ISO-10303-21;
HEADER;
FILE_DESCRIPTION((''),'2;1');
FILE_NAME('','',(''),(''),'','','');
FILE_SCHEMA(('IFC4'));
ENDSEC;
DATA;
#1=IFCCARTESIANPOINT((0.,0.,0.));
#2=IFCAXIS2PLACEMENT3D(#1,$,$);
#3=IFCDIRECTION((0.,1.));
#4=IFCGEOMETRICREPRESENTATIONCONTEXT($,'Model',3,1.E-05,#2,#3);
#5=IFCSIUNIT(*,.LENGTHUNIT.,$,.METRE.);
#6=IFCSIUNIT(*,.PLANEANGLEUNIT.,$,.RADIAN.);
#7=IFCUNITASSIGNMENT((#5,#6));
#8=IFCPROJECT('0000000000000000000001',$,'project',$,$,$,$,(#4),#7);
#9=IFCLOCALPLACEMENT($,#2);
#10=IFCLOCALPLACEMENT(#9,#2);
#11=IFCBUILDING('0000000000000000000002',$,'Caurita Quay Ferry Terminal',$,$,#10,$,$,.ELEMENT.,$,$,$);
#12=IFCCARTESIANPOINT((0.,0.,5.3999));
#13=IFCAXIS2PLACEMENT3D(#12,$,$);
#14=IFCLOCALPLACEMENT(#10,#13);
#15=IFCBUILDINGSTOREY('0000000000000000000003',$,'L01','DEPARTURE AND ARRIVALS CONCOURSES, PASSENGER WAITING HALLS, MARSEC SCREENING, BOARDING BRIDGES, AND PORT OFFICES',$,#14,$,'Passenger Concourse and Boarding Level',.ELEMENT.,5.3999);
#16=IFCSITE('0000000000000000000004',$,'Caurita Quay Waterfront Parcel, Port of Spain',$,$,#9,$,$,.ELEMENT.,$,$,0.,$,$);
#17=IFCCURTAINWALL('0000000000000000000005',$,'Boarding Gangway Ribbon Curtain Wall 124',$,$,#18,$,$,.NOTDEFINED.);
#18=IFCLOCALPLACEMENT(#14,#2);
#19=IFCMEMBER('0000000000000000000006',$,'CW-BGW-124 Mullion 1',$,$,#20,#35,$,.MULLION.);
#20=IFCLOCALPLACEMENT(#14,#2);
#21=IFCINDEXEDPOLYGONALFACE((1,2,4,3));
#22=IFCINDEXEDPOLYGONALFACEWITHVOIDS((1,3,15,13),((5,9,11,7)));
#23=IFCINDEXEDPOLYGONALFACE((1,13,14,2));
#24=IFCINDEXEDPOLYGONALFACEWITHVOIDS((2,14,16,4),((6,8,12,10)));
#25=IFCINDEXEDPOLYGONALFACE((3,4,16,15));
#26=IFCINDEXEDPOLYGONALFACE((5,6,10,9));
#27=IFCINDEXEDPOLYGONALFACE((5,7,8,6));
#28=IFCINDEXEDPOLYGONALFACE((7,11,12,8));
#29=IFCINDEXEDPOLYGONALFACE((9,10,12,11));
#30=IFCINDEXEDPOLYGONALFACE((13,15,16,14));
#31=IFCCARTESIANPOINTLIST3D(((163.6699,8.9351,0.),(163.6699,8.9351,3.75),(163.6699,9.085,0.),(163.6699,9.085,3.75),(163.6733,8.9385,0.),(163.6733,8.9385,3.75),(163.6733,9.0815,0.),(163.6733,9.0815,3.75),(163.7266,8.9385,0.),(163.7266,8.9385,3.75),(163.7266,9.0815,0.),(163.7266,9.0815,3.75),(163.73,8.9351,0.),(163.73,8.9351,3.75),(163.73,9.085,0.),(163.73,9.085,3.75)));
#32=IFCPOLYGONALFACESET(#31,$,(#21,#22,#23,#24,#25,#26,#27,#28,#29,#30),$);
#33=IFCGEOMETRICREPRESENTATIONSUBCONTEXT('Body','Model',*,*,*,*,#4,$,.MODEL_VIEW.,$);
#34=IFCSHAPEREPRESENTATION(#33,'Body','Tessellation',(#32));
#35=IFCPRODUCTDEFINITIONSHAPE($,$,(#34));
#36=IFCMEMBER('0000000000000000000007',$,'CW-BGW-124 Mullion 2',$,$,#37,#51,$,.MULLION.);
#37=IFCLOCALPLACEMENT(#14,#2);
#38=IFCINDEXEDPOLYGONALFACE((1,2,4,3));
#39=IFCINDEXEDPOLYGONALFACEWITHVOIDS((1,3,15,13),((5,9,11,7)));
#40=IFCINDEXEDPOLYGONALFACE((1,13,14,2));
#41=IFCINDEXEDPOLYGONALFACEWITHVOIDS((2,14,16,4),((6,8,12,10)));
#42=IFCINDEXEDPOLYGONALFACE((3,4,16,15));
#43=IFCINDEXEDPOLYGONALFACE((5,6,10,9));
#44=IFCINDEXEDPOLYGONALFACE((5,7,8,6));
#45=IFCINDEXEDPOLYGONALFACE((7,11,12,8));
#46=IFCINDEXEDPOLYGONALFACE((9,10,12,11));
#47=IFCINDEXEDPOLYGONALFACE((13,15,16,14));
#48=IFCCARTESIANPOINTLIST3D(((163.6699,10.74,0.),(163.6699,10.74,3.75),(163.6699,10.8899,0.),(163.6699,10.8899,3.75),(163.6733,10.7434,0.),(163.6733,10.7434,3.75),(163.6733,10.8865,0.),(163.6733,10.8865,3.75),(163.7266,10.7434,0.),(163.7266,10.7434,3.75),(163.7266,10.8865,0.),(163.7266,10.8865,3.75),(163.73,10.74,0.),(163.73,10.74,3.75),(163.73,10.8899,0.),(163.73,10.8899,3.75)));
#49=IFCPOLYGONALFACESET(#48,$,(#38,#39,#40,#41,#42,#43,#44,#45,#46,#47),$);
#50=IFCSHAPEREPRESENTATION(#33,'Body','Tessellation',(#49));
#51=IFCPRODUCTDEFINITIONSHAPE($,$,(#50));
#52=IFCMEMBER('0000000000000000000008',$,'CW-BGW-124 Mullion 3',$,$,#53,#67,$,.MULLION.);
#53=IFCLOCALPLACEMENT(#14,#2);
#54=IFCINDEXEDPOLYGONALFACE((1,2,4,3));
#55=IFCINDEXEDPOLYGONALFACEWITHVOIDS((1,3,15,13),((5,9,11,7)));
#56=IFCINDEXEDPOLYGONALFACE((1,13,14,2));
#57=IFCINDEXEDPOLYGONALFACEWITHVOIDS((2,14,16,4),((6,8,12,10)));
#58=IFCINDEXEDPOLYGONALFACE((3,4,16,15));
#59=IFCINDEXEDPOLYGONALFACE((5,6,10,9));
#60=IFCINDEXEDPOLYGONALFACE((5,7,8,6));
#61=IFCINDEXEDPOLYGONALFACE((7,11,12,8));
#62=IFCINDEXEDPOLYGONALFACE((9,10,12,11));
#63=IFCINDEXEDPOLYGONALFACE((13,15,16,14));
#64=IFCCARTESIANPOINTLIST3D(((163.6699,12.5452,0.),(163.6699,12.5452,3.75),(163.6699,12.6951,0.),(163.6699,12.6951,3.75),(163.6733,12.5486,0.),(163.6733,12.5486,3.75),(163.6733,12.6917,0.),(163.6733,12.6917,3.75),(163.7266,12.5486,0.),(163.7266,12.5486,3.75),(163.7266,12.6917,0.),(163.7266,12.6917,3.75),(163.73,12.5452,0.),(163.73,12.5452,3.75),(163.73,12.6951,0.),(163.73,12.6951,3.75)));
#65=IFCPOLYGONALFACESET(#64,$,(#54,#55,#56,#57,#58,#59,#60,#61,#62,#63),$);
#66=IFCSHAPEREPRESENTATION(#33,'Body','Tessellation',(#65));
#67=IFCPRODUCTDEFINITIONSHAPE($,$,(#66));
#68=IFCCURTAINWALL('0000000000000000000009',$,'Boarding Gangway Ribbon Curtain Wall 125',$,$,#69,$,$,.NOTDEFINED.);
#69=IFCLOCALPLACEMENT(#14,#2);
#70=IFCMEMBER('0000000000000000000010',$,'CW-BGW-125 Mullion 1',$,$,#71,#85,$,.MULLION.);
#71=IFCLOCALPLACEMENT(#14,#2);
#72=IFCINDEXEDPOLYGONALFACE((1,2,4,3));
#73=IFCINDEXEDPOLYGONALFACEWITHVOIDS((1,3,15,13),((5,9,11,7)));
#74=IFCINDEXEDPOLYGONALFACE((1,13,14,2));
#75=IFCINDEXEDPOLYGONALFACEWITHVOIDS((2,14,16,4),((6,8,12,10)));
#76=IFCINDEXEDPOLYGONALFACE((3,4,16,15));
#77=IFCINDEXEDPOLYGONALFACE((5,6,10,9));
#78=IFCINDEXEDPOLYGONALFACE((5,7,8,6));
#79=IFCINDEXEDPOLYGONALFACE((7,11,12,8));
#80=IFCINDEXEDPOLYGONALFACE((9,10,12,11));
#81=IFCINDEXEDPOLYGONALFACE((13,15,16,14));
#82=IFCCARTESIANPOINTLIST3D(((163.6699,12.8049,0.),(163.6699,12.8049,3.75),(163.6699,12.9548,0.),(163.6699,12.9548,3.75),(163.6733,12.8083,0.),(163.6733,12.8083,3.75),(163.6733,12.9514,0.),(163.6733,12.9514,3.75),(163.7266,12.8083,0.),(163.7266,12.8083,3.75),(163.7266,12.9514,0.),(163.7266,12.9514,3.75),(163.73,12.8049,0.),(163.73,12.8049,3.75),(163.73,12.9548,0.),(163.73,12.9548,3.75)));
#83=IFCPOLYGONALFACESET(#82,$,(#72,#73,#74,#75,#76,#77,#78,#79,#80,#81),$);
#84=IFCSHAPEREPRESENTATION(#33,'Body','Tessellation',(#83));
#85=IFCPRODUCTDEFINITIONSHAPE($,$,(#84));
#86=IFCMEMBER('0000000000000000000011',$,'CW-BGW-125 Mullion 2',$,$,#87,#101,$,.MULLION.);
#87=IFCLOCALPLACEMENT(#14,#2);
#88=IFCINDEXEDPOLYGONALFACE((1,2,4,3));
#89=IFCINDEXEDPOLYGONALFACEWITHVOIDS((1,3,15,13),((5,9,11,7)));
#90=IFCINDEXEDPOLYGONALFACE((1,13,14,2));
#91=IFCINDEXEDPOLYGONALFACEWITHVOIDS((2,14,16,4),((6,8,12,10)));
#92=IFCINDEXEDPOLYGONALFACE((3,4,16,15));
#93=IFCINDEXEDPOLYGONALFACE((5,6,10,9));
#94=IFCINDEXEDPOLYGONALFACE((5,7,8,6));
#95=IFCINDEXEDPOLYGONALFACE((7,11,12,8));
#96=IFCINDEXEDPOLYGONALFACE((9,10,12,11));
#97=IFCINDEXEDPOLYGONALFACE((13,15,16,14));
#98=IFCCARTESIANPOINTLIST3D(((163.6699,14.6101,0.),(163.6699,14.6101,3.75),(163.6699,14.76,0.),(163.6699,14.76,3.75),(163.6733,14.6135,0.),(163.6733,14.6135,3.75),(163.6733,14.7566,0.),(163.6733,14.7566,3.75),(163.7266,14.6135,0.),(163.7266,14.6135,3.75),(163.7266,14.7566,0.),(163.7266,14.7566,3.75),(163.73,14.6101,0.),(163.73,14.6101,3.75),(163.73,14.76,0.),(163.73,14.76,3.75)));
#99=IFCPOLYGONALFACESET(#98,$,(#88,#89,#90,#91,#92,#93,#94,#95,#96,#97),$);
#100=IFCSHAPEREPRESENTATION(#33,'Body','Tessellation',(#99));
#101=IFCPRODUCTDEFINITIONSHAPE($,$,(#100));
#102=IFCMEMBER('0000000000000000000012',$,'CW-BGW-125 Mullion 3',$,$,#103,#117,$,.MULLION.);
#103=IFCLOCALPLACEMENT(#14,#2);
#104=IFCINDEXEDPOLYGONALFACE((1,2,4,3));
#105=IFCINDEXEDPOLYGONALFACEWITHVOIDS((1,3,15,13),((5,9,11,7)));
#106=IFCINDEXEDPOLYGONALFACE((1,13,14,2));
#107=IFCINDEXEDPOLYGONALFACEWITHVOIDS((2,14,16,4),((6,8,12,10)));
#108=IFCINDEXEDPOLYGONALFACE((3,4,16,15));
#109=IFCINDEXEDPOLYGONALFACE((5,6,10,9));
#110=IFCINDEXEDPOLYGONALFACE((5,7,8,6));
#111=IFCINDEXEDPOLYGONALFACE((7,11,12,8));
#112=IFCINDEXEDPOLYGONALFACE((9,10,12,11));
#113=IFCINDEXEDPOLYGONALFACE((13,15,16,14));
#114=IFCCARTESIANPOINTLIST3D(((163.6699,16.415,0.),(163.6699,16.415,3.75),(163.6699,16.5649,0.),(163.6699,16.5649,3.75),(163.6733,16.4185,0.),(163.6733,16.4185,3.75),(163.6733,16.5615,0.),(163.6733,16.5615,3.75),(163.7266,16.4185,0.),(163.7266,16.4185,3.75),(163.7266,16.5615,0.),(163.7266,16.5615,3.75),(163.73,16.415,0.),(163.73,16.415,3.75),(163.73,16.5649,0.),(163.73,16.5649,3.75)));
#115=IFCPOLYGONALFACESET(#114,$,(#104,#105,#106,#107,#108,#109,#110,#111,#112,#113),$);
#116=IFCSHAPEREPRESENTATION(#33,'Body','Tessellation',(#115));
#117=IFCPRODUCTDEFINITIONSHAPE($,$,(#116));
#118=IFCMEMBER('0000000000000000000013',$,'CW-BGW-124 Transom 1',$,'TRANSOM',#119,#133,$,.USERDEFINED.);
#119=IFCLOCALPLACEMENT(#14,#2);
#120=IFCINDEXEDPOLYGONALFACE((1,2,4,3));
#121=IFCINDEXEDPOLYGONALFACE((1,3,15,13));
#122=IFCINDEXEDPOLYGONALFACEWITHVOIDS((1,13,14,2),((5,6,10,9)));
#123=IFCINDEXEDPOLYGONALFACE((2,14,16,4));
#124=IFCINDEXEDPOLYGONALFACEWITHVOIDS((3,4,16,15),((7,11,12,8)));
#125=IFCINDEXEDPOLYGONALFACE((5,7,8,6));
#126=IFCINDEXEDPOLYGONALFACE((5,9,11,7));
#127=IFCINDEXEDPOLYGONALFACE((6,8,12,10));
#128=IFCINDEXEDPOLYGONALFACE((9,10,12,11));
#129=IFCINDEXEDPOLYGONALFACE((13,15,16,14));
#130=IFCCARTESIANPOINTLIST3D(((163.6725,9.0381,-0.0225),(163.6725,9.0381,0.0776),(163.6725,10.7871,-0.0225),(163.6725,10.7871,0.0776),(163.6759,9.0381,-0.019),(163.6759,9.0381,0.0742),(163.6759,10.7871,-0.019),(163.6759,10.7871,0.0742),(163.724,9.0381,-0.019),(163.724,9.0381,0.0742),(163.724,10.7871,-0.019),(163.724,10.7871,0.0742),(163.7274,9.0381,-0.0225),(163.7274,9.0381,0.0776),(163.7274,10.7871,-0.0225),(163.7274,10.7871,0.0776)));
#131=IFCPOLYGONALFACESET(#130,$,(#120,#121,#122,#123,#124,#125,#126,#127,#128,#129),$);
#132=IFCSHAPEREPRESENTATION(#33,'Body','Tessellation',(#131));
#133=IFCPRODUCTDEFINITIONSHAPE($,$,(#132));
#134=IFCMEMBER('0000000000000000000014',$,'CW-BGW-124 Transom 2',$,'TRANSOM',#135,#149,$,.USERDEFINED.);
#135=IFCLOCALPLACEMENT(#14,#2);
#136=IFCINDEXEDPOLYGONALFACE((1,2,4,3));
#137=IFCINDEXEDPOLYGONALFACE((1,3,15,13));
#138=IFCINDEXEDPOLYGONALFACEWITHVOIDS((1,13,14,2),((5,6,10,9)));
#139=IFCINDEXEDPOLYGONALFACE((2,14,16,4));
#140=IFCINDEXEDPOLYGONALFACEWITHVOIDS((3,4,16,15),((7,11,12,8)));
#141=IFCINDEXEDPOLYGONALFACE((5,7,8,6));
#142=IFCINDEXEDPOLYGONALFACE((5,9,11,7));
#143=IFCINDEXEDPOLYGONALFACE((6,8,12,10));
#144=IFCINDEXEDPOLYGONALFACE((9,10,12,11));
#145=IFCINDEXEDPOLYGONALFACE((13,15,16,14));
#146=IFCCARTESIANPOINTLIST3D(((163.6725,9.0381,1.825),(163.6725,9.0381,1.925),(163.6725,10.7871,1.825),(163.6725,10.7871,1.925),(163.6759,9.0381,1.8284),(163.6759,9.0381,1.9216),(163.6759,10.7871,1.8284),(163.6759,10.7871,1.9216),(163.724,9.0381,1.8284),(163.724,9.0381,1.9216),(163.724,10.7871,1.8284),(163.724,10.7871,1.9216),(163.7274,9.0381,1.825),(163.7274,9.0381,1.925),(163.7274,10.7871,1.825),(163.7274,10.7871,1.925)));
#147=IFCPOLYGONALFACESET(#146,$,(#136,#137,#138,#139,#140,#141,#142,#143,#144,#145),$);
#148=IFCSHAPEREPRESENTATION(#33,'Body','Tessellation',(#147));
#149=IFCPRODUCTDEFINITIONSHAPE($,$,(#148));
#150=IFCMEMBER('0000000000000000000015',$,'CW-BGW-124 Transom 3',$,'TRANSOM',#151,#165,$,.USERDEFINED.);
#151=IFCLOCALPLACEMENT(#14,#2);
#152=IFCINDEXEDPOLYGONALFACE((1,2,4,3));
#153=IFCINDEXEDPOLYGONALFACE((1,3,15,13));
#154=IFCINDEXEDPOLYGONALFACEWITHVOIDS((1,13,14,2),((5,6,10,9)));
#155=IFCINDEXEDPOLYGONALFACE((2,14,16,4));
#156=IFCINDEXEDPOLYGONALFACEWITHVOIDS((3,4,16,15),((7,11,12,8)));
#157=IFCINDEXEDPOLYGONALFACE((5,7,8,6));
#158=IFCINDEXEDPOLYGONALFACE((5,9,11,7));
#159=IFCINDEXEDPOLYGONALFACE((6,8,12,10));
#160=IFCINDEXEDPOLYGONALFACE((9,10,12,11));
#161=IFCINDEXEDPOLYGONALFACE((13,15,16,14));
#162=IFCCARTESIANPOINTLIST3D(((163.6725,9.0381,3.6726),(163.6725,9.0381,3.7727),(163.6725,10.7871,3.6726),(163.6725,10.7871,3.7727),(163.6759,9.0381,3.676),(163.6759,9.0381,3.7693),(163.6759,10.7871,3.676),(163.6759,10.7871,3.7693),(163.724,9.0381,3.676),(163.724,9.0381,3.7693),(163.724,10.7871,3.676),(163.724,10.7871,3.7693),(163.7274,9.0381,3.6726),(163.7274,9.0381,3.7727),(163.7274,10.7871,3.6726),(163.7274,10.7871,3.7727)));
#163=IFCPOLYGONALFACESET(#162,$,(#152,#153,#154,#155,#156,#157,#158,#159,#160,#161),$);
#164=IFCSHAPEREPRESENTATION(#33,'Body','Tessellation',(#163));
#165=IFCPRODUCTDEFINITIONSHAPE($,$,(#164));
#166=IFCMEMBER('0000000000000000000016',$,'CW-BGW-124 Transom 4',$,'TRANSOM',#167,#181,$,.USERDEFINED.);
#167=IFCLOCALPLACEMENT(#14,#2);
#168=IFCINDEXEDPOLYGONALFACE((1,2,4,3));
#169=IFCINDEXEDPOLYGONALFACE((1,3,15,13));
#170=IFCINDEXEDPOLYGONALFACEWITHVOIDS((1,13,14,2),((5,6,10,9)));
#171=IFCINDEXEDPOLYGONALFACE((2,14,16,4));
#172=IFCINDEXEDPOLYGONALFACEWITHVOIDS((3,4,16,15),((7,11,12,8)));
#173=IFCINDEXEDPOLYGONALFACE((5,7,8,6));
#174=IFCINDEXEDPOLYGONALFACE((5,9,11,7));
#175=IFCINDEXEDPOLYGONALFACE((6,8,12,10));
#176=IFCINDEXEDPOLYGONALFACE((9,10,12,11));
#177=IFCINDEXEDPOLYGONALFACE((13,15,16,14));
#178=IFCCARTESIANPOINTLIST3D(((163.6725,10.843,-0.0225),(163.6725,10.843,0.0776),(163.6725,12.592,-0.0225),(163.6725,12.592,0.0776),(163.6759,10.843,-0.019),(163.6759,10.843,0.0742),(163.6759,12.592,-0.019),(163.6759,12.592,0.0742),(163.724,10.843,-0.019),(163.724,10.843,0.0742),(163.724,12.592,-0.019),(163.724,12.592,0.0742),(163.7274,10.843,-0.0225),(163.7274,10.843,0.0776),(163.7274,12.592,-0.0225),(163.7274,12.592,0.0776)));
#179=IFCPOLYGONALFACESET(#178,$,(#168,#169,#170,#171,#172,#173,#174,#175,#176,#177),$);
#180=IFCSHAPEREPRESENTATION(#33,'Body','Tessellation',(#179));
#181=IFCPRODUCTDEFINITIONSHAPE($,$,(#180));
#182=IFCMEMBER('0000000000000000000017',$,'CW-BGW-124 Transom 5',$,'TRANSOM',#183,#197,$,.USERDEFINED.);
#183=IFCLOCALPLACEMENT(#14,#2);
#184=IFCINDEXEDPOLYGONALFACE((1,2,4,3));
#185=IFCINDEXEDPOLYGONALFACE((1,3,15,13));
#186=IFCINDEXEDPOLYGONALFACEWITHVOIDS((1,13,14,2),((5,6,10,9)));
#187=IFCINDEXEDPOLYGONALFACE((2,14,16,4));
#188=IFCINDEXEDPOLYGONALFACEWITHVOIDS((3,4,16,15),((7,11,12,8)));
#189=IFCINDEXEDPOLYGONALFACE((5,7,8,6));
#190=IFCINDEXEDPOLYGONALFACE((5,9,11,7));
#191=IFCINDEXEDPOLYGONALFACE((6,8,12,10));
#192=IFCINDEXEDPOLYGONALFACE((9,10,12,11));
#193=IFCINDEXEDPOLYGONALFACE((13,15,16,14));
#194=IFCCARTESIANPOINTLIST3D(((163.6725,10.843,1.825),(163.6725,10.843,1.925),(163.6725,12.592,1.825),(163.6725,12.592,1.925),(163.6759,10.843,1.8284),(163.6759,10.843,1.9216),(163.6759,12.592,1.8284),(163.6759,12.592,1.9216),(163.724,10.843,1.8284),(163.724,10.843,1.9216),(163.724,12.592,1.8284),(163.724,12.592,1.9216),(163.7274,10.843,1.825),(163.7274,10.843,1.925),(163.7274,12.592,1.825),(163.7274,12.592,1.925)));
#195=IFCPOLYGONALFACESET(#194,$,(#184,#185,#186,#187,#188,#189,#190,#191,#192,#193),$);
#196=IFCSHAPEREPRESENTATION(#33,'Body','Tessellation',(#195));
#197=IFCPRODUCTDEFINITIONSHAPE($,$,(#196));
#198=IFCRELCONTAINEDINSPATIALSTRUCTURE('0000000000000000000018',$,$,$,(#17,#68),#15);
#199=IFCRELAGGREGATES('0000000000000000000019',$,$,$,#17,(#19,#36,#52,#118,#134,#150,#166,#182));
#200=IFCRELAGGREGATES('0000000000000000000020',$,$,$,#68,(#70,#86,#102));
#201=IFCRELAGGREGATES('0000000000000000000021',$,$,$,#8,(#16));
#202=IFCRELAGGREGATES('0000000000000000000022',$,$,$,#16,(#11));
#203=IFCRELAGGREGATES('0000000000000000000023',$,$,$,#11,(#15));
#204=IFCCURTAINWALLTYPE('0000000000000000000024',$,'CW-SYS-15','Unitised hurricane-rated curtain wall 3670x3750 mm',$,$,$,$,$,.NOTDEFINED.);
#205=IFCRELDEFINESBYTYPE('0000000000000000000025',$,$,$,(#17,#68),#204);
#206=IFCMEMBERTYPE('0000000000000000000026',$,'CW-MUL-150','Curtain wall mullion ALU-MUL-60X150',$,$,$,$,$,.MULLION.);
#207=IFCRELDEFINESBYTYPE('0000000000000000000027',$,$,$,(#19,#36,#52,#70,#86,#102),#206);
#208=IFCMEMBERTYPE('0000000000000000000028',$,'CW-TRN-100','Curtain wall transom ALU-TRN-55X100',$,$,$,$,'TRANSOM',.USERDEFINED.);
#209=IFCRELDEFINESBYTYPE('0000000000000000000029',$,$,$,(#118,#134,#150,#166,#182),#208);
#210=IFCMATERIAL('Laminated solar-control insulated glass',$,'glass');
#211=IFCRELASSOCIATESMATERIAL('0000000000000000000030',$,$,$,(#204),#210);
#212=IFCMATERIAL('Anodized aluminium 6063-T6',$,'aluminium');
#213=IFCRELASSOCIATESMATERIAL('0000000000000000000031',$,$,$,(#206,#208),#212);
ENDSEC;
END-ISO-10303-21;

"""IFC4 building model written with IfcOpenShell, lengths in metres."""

from ifc_helpers import new_model, si_unit, direction, frame, origin, origin_2d, place, context, subcontext, project, spatial, hollow_rectangle, extrude, material, material_profile, profile_set, type_object, element, aggregate, save


model = new_model("IFC4")

# Units and contexts
model_context = context("Model", 3, precision=1e-05, world=origin(), true_north=direction((0.0, 1.0)))
body_context = subcontext(model_context, "Body", "Model", "MODEL_VIEW")
ifc_project = project(units=[si_unit("LENGTHUNIT", "METRE"), si_unit("PLANEANGLEUNIT", "RADIAN")], contexts=[model_context])

# Site, building, storey
site_placement = place(None, origin())
site = spatial("IfcSite", under=ifc_project, at=site_placement, Name="Caurita Quay Waterfront Parcel, Port of Spain", CompositionType="ELEMENT", RefElevation=0.0)
building_placement = place(site_placement, origin())
building = spatial("IfcBuilding", under=site, at=building_placement, Name="Caurita Quay Ferry Terminal", CompositionType="ELEMENT")
storey_placement = place(building_placement, frame((0.0, 0.0, 5.3999)))
storey = spatial("IfcBuildingStorey", under=building, at=storey_placement, Name="L01", Description="DEPARTURE AND ARRIVALS CONCOURSES, PASSENGER WAITING HALLS, MARSEC SCREENING, BOARDING BRIDGES, AND PORT OFFICES", LongName="Passenger Concourse and Boarding Level", CompositionType="ELEMENT", Elevation=5.3999)

# Curtain walls, members
ifc_material_1 = material(Name="Laminated solar-control insulated glass", Category="glass")
curtain_wall_type = type_object("IfcCurtainWallType", Name="CW-SYS-15", Description="Unitised hurricane-rated curtain wall 3670x3750 mm", PredefinedType="NOTDEFINED", material=ifc_material_1)
curtain_wall_1_placement = place(storey_placement, origin())
curtain_wall_1 = element("IfcCurtainWall", 1, at=curtain_wall_1_placement, inside=storey, type_object=curtain_wall_type, Name="Boarding Gangway Ribbon Curtain Wall 124", PredefinedType="NOTDEFINED")
ifc_material_2 = material(Name="Anodized aluminium 6063-T6", Category="aluminium")
ifc_material_profile_1 = material_profile(ifc_material_2, hollow_rectangle(XDim=0.0601, YDim=0.1499, WallThickness=0.0034, at=origin_2d()), Name="ALU-MUL-60X150")
ifc_profile_set_1 = profile_set([ifc_material_profile_1], Name="Anodized aluminium 6063-T6")
member_type_1 = type_object("IfcMemberType", Name="CW-MUL-150", Description="Curtain wall mullion ALU-MUL-60X150", PredefinedType="MULLION", material=ifc_profile_set_1)
member_1_placement = place(storey_placement, frame((163.7, 9.01, 0.0), z_axis=(0.0, 0.0, 1.0), x_axis=(-1.0, 0.0, 0.0)))
member_1 = element("IfcMember", 2, at=member_1_placement, type_object=member_type_1, Name="CW-BGW-124 Mullion 1", PredefinedType="MULLION", context=body_context, shape_type="SweptSolid", body=[
    extrude(hollow_rectangle(XDim=0.0601, YDim=0.1499, WallThickness=0.0034, at=origin_2d()), origin(), (0.0, 0.0, 1.0), 3.75),
])
member_2_placement = place(storey_placement, frame((163.7, 10.8149, 0.0), z_axis=(0.0, 0.0, 1.0), x_axis=(-1.0, 0.0, 0.0)))
member_2 = element("IfcMember", 3, at=member_2_placement, type_object=member_type_1, Name="CW-BGW-124 Mullion 2", PredefinedType="MULLION", context=body_context, shape_type="SweptSolid", body=[
    extrude(hollow_rectangle(XDim=0.0601, YDim=0.1499, WallThickness=0.0034, at=origin_2d()), origin(), (0.0, 0.0, 1.0), 3.75),
])
member_3_placement = place(storey_placement, frame((163.7, 12.6201, 0.0), z_axis=(0.0, 0.0, 1.0), x_axis=(-1.0, 0.0, 0.0)))
member_3 = element("IfcMember", 4, at=member_3_placement, type_object=member_type_1, Name="CW-BGW-124 Mullion 3", PredefinedType="MULLION", context=body_context, shape_type="SweptSolid", body=[
    extrude(hollow_rectangle(XDim=0.0601, YDim=0.1499, WallThickness=0.0034, at=origin_2d()), origin(), (0.0, 0.0, 1.0), 3.75),
])
curtain_wall_2_placement = place(storey_placement, origin())
curtain_wall_2 = element("IfcCurtainWall", 5, at=curtain_wall_2_placement, inside=storey, type_object=curtain_wall_type, Name="Boarding Gangway Ribbon Curtain Wall 125", PredefinedType="NOTDEFINED")
member_4_placement = place(storey_placement, frame((163.7, 12.8799, 0.0), z_axis=(0.0, 0.0, 1.0), x_axis=(-1.0, 0.0, 0.0)))
member_4 = element("IfcMember", 6, at=member_4_placement, type_object=member_type_1, Name="CW-BGW-125 Mullion 1", PredefinedType="MULLION", context=body_context, shape_type="SweptSolid", body=[
    extrude(hollow_rectangle(XDim=0.0601, YDim=0.1499, WallThickness=0.0034, at=origin_2d()), origin(), (0.0, 0.0, 1.0), 3.75),
])
member_5_placement = place(storey_placement, frame((163.7, 14.6851, 0.0), z_axis=(0.0, 0.0, 1.0), x_axis=(-1.0, 0.0, 0.0)))
member_5 = element("IfcMember", 7, at=member_5_placement, type_object=member_type_1, Name="CW-BGW-125 Mullion 2", PredefinedType="MULLION", context=body_context, shape_type="SweptSolid", body=[
    extrude(hollow_rectangle(XDim=0.0601, YDim=0.1499, WallThickness=0.0034, at=origin_2d()), origin(), (0.0, 0.0, 1.0), 3.75),
])
member_6_placement = place(storey_placement, frame((163.7, 16.49, 0.0), z_axis=(0.0, 0.0, 1.0), x_axis=(-1.0, 0.0, 0.0)))
member_6 = element("IfcMember", 8, at=member_6_placement, type_object=member_type_1, Name="CW-BGW-125 Mullion 3", PredefinedType="MULLION", context=body_context, shape_type="SweptSolid", body=[
    extrude(hollow_rectangle(XDim=0.0601, YDim=0.1499, WallThickness=0.0034, at=origin_2d()), origin(), (0.0, 0.0, 1.0), 3.75),
])

# Members
ifc_material_profile_2 = material_profile(ifc_material_2, hollow_rectangle(XDim=0.0549, YDim=0.1001, WallThickness=0.0034, at=origin_2d()), Name="ALU-TRN-55X100")
ifc_profile_set_2 = profile_set([ifc_material_profile_2], Name="Anodized aluminium 6063-T6")
member_type_2 = type_object("IfcMemberType", Name="CW-TRN-100", Description="Curtain wall transom ALU-TRN-55X100", ElementType="TRANSOM", PredefinedType="USERDEFINED", material=ifc_profile_set_2)
member_7_placement = place(storey_placement, frame((163.7, 9.0381, 0.0276), z_axis=(0.0, 1.0, 0.0), x_axis=(-1.0, 0.0, 0.0)))
member_7 = element("IfcMember", 9, at=member_7_placement, type_object=member_type_2, Name="CW-BGW-124 Transom 1", ObjectType="TRANSOM", PredefinedType="USERDEFINED", context=body_context, shape_type="SweptSolid", body=[
    extrude(hollow_rectangle(XDim=0.0549, YDim=0.1001, WallThickness=0.0034, at=origin_2d()), origin(), (0.0, 0.0, 1.0), 1.749),
])
member_8_placement = place(storey_placement, frame((163.7, 9.0381, 1.875), z_axis=(0.0, 1.0, 0.0), x_axis=(-1.0, 0.0, 0.0)))
member_8 = element("IfcMember", 10, at=member_8_placement, type_object=member_type_2, Name="CW-BGW-124 Transom 2", ObjectType="TRANSOM", PredefinedType="USERDEFINED", context=body_context, shape_type="SweptSolid", body=[
    extrude(hollow_rectangle(XDim=0.0549, YDim=0.1001, WallThickness=0.0034, at=origin_2d()), origin(), (0.0, 0.0, 1.0), 1.749),
])
member_9_placement = place(storey_placement, frame((163.7, 9.0381, 3.7227), z_axis=(0.0, 1.0, 0.0), x_axis=(-1.0, 0.0, 0.0)))
member_9 = element("IfcMember", 11, at=member_9_placement, type_object=member_type_2, Name="CW-BGW-124 Transom 3", ObjectType="TRANSOM", PredefinedType="USERDEFINED", context=body_context, shape_type="SweptSolid", body=[
    extrude(hollow_rectangle(XDim=0.0549, YDim=0.1001, WallThickness=0.0034, at=origin_2d()), origin(), (0.0, 0.0, 1.0), 1.749),
])
member_10_placement = place(storey_placement, frame((163.7, 10.843, 0.0276), z_axis=(0.0, 1.0, 0.0), x_axis=(-1.0, 0.0, 0.0)))
member_10 = element("IfcMember", 12, at=member_10_placement, type_object=member_type_2, Name="CW-BGW-124 Transom 4", ObjectType="TRANSOM", PredefinedType="USERDEFINED", context=body_context, shape_type="SweptSolid", body=[
    extrude(hollow_rectangle(XDim=0.0549, YDim=0.1001, WallThickness=0.0034, at=origin_2d()), origin(), (0.0, 0.0, 1.0), 1.749),
])
member_11_placement = place(storey_placement, frame((163.7, 10.843, 1.875), z_axis=(0.0, 1.0, 0.0), x_axis=(-1.0, 0.0, 0.0)))
member_11 = element("IfcMember", 13, at=member_11_placement, type_object=member_type_2, Name="CW-BGW-124 Transom 5", ObjectType="TRANSOM", PredefinedType="USERDEFINED", context=body_context, shape_type="SweptSolid", body=[
    extrude(hollow_rectangle(XDim=0.0549, YDim=0.1001, WallThickness=0.0034, at=origin_2d()), origin(), (0.0, 0.0, 1.0), 1.749),
])

aggregate(curtain_wall_1, [member_1, member_2, member_3, member_7, member_8, member_9, member_10, member_11])
aggregate(curtain_wall_2, [member_4, member_5, member_6])

save(model, "model.ifc")
